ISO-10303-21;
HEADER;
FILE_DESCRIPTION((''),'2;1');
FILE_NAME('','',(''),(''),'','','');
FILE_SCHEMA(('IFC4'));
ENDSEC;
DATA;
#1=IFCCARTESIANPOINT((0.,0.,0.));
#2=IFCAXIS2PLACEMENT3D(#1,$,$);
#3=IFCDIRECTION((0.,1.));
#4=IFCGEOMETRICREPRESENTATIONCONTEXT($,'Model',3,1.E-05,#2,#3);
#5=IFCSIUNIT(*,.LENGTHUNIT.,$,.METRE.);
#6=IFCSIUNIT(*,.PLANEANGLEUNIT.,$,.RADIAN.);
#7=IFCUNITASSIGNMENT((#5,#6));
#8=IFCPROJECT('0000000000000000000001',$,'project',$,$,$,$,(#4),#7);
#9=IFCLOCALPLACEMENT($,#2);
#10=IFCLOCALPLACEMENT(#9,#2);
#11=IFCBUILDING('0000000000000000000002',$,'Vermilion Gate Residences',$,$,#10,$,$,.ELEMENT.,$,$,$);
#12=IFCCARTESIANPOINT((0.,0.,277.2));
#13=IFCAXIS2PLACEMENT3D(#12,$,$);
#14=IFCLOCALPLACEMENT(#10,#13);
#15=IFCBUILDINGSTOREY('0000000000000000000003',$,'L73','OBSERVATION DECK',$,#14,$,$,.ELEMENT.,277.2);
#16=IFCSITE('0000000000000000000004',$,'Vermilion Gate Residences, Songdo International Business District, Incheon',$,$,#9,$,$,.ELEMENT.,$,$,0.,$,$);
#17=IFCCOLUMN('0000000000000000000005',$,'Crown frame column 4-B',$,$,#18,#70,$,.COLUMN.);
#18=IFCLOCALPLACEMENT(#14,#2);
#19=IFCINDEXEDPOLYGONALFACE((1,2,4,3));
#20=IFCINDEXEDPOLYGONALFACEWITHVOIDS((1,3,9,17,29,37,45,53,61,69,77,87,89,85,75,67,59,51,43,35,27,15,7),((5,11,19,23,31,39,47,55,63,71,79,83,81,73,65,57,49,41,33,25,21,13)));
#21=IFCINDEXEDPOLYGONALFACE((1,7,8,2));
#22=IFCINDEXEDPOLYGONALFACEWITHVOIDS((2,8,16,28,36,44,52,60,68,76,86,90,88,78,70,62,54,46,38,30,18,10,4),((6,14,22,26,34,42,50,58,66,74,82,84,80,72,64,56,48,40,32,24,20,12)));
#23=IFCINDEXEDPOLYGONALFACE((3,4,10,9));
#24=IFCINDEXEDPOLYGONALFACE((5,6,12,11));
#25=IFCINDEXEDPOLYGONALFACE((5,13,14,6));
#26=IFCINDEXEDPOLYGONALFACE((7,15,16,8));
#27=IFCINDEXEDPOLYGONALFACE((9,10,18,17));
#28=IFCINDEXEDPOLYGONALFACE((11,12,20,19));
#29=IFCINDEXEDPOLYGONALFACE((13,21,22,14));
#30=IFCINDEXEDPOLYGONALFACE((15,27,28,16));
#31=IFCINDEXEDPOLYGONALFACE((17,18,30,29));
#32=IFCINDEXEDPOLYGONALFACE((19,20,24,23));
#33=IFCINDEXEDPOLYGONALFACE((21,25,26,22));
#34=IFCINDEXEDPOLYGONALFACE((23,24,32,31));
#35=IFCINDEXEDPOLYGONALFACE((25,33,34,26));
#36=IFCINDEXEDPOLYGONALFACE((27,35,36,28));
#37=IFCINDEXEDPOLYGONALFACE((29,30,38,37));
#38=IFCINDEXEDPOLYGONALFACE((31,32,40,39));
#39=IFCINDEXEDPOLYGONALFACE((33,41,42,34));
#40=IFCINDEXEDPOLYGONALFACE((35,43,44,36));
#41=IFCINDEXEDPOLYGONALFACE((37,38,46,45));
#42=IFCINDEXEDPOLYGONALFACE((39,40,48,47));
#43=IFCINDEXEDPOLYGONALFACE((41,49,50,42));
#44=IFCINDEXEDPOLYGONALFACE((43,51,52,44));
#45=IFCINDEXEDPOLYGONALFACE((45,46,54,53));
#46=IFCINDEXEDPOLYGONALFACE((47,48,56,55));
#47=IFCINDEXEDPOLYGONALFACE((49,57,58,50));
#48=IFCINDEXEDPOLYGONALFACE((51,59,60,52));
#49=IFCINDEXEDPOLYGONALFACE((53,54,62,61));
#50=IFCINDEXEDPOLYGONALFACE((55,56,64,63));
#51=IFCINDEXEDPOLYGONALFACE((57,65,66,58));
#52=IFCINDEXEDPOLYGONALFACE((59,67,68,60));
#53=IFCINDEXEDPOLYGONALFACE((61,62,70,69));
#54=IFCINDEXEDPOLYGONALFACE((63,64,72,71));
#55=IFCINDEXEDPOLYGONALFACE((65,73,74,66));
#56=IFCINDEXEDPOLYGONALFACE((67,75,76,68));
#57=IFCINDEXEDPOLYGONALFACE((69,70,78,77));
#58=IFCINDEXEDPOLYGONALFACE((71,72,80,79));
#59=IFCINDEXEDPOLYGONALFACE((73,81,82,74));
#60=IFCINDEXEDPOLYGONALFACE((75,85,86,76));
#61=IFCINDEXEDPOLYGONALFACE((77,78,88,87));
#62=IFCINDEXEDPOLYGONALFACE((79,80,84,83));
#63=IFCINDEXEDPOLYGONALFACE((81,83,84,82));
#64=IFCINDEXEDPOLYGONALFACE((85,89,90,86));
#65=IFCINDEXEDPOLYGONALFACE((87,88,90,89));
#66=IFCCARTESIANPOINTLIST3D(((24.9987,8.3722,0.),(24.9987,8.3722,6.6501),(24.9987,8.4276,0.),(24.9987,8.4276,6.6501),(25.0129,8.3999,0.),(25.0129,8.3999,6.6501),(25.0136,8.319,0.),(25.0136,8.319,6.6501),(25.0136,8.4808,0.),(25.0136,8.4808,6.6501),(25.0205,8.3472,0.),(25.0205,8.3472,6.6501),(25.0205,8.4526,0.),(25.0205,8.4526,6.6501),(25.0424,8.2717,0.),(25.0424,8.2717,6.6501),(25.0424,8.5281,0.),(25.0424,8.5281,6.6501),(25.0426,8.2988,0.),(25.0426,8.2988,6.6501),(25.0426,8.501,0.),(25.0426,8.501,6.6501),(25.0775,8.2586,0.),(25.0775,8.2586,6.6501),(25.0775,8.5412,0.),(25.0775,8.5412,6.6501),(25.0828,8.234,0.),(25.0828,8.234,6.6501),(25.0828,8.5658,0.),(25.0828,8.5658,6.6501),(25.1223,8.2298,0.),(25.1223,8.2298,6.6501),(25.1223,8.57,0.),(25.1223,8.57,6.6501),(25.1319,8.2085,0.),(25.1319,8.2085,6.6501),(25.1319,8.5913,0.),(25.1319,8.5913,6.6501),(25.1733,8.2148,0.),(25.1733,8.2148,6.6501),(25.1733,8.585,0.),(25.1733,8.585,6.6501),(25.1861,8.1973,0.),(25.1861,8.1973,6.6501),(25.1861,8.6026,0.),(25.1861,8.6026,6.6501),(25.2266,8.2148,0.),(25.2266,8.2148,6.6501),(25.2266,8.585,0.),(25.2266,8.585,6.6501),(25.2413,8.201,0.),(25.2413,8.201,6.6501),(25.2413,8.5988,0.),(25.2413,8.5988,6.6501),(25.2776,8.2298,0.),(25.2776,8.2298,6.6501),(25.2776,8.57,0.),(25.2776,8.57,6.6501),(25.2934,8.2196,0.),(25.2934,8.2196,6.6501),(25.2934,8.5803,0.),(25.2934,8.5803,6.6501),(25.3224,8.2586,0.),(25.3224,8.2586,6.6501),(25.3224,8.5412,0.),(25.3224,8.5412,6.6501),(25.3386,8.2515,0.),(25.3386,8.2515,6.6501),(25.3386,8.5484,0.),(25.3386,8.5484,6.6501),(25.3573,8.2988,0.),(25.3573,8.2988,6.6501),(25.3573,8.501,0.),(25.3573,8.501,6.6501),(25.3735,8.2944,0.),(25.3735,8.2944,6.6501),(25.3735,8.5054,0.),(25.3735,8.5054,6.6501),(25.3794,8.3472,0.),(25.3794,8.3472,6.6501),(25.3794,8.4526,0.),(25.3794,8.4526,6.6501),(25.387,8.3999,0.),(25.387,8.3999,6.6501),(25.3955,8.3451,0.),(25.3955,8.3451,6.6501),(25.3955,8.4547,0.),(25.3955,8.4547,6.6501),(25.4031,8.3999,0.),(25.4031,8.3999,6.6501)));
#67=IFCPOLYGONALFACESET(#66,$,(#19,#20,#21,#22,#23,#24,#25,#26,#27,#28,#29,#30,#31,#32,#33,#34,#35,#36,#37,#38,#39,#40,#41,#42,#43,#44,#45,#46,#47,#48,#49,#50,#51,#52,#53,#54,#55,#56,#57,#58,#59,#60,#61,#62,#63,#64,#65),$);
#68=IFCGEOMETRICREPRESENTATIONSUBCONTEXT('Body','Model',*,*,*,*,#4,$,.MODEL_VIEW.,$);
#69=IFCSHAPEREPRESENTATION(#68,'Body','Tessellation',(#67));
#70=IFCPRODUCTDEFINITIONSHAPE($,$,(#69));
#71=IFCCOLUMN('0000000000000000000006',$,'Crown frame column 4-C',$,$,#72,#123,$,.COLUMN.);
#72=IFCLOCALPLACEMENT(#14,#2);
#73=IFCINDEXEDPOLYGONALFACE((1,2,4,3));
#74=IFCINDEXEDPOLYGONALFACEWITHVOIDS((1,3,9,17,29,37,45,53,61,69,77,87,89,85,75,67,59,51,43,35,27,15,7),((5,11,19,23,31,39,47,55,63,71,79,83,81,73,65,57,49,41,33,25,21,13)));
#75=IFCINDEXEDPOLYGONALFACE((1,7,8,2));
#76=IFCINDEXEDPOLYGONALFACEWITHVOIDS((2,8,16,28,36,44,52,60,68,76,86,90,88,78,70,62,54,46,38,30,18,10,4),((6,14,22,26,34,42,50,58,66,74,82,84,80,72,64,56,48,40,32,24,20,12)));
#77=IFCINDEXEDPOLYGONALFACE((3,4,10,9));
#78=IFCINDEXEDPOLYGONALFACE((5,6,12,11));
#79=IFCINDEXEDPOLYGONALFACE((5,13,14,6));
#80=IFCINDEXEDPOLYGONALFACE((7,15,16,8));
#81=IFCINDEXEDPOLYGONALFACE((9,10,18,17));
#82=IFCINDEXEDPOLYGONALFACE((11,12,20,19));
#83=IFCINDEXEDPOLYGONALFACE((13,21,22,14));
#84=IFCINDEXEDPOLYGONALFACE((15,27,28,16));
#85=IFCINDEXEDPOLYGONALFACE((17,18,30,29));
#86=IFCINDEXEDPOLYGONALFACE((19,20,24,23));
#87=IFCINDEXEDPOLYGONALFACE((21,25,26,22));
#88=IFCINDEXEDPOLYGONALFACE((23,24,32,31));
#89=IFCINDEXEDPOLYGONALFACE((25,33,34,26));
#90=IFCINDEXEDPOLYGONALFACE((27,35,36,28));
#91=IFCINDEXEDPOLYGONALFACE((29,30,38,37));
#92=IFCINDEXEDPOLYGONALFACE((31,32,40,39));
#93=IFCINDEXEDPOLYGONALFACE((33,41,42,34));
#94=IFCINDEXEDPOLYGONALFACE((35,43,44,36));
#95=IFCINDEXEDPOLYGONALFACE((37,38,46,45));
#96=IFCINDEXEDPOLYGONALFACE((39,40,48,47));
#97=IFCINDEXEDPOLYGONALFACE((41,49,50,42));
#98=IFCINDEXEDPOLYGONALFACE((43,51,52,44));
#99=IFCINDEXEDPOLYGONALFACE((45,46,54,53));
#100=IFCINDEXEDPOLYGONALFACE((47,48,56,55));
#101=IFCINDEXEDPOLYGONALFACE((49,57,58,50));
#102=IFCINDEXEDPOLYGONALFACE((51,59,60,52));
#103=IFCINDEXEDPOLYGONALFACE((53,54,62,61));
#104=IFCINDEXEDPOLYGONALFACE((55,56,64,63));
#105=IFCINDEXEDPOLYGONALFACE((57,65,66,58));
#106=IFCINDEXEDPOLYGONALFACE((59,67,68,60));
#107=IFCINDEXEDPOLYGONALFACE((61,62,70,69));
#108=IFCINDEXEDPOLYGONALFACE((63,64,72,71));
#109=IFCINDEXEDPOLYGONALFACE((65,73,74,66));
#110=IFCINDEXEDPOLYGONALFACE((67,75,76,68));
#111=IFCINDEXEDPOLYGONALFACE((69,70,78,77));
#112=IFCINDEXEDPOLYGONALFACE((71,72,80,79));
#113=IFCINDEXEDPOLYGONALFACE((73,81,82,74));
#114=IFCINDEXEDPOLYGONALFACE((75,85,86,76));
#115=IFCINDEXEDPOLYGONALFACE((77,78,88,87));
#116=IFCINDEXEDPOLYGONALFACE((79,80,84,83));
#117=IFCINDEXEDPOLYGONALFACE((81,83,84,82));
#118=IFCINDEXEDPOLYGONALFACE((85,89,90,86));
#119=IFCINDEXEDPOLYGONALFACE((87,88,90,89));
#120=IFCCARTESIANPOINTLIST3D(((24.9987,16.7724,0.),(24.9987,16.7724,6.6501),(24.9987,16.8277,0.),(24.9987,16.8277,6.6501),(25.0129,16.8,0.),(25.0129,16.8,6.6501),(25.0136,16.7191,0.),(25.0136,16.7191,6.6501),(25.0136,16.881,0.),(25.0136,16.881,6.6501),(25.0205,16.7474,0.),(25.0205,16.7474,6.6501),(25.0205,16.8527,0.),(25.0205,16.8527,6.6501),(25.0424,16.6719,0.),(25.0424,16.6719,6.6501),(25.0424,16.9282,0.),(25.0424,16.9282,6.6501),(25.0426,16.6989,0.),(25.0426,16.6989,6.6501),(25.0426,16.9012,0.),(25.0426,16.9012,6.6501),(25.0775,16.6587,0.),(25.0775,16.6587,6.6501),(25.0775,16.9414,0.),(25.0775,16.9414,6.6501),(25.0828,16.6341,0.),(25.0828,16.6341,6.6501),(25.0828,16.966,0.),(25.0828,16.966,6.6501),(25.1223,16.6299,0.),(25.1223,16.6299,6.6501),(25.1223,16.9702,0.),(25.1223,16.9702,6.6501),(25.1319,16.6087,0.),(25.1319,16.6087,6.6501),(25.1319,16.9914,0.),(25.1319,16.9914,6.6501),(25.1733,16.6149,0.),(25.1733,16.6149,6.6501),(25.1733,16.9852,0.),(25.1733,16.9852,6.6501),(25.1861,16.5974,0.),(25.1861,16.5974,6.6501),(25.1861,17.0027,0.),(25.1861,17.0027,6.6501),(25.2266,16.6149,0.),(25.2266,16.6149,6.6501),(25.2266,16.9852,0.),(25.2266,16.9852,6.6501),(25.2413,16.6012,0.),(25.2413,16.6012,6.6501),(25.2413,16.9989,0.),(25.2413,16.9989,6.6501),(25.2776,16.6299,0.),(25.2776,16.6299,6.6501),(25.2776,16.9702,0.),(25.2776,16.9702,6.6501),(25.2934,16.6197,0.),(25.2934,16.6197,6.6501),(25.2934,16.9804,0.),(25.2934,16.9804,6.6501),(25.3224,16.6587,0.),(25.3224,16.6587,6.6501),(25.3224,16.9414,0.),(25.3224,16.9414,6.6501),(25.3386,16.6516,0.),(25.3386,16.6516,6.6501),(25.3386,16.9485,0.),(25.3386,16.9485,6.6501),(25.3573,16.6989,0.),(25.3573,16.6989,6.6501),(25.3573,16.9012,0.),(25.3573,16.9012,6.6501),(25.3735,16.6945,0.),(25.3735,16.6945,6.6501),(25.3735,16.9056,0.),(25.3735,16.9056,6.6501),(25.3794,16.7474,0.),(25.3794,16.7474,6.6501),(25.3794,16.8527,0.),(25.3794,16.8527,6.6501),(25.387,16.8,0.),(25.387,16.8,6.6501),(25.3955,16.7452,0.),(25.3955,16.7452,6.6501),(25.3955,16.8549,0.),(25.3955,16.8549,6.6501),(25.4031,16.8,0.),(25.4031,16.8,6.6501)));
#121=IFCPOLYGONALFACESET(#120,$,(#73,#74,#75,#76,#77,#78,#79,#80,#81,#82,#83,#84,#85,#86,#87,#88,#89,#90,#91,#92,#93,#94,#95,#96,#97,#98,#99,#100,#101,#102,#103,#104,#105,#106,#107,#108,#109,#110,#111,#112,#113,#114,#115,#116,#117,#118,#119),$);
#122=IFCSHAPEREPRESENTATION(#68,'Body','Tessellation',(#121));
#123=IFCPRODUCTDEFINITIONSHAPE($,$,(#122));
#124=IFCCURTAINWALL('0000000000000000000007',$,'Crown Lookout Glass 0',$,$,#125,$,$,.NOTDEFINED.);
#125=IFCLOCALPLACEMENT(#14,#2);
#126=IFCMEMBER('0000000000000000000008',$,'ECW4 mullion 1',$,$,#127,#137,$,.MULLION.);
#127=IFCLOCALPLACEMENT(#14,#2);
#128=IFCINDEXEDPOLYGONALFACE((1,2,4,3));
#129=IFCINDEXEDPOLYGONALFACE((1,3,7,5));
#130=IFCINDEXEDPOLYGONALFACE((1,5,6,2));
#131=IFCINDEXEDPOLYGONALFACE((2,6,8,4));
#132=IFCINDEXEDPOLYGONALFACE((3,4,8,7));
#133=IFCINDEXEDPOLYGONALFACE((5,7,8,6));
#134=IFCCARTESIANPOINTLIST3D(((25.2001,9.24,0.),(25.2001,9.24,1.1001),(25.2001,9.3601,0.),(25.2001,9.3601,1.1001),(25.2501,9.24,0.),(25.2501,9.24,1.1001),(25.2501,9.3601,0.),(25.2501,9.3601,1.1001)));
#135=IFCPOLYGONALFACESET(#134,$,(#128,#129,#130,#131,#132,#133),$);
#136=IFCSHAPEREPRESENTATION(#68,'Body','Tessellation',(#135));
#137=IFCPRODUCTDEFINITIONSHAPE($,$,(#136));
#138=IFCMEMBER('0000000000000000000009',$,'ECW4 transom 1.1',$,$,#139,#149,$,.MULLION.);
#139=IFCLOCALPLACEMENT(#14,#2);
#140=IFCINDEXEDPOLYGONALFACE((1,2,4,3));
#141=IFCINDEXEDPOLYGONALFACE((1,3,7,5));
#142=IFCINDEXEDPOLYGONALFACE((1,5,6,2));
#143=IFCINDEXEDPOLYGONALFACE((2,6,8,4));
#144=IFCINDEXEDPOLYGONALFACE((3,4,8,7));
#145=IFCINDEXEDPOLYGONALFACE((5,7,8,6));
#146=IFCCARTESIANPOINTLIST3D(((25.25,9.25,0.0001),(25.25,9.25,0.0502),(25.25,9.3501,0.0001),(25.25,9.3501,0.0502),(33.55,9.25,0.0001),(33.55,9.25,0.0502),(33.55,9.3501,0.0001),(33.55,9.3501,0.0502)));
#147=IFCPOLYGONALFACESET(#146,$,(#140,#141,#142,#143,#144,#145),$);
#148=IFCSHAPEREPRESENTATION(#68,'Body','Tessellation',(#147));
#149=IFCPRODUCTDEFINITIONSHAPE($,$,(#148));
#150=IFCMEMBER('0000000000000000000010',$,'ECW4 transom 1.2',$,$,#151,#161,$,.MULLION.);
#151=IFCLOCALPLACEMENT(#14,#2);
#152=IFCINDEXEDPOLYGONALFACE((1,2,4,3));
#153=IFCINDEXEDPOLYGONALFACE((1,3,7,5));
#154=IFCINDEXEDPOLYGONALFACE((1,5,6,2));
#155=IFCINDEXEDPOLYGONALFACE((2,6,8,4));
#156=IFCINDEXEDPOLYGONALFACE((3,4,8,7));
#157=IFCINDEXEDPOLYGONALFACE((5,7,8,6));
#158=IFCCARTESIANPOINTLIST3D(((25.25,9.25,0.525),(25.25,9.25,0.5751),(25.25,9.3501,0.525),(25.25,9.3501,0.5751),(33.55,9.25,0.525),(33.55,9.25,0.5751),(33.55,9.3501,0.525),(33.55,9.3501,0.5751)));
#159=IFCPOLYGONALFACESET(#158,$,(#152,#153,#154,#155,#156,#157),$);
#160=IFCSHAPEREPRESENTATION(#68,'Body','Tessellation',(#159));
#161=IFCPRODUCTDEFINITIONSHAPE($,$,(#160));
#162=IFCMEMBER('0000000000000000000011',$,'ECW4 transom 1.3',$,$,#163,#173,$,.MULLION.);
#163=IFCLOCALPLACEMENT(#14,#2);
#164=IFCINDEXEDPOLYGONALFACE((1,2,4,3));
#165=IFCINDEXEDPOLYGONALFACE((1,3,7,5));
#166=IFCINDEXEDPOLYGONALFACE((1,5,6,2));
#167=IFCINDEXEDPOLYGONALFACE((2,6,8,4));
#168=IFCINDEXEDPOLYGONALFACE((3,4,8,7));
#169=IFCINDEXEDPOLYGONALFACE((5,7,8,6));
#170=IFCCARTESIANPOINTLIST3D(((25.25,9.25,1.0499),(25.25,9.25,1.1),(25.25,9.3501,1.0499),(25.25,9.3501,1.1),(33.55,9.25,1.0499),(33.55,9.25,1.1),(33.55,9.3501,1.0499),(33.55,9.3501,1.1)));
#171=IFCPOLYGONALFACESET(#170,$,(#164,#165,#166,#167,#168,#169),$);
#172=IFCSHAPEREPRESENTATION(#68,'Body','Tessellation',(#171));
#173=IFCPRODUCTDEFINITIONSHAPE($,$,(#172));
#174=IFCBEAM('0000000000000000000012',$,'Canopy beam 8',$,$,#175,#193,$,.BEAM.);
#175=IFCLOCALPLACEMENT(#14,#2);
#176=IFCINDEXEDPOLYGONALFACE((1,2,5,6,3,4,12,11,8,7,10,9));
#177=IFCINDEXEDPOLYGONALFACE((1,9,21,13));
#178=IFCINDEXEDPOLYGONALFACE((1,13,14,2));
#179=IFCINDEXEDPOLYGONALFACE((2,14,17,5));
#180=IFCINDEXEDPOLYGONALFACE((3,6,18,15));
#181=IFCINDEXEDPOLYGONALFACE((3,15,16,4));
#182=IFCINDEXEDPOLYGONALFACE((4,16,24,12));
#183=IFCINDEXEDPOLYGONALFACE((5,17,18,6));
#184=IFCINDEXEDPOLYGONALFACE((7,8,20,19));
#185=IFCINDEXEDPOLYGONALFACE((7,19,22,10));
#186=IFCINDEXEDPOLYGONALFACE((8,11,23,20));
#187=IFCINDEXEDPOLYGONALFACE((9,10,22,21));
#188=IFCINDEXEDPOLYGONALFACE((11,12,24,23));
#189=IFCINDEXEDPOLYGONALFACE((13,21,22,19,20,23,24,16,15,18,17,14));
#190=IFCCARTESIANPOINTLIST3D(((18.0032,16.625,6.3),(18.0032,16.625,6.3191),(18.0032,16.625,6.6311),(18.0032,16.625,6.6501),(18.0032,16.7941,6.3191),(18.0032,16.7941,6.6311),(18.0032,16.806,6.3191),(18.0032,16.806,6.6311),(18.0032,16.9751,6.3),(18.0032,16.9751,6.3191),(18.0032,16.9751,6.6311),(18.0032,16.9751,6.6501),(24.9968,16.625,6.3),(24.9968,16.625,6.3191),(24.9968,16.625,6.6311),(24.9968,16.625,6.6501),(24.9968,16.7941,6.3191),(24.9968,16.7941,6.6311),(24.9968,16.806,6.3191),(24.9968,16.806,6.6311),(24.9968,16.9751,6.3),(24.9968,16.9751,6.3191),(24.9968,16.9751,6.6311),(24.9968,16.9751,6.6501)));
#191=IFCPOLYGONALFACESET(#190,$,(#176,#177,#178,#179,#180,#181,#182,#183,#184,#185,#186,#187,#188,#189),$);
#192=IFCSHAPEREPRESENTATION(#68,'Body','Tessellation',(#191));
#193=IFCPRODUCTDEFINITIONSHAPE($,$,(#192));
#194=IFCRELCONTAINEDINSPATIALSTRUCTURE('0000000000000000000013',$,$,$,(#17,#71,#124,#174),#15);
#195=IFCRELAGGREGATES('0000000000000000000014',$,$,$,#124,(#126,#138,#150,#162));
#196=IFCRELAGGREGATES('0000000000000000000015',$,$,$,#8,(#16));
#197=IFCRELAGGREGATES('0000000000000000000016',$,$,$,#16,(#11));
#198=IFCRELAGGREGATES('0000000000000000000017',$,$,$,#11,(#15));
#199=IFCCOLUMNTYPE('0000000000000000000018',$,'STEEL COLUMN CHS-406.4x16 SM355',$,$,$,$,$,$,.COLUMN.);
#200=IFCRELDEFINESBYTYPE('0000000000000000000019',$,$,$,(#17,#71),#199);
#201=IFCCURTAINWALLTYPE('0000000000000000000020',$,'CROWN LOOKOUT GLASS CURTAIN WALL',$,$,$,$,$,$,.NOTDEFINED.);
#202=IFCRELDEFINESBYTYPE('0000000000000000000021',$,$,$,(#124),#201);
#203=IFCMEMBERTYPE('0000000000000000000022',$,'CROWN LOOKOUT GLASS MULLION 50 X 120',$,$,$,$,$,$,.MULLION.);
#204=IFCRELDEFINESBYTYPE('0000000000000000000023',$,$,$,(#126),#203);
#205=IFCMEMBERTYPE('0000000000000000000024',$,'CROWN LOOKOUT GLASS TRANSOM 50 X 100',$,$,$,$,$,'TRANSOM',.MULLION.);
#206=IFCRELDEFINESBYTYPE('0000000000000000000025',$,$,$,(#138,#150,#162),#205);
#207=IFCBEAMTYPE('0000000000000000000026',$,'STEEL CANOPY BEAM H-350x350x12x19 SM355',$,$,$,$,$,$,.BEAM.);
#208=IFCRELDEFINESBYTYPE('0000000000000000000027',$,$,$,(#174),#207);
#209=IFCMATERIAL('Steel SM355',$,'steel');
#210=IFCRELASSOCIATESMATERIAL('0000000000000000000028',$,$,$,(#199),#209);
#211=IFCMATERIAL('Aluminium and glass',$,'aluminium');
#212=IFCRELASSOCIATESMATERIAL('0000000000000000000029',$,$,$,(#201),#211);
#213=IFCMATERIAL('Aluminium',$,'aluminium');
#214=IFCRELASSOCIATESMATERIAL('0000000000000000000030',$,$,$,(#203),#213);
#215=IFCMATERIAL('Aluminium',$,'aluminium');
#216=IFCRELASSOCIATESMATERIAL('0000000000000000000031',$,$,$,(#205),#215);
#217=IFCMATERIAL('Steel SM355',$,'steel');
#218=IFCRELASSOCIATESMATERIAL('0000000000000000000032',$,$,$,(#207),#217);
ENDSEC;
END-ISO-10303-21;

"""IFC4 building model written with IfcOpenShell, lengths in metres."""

from ifc_helpers import new_model, si_unit, direction, frame, origin, origin_2d, place, context, subcontext, project, spatial, rectangle, hollow_circle, i_section, extrude, material, material_profile, profile_set, type_object, element, aggregate, save


model = new_model("IFC4")

# Units and contexts
model_context = context("Model", 3, precision=1e-05, world=origin(), true_north=direction((0.0, 1.0)))
body_context = subcontext(model_context, "Body", "Model", "MODEL_VIEW")
ifc_project = project(units=[si_unit("LENGTHUNIT", "METRE"), si_unit("PLANEANGLEUNIT", "RADIAN")], contexts=[model_context])

# Site, building, storey
site_placement = place(None, origin())
site = spatial("IfcSite", under=ifc_project, at=site_placement, Name="Vermilion Gate Residences, Songdo International Business District, Incheon", CompositionType="ELEMENT", RefElevation=0.0)
building_placement = place(site_placement, origin())
building = spatial("IfcBuilding", under=site, at=building_placement, Name="Vermilion Gate Residences", CompositionType="ELEMENT")
storey_placement = place(building_placement, frame((0.0, 0.0, 277.2)))
storey = spatial("IfcBuildingStorey", under=building, at=storey_placement, Name="L73", Description="OBSERVATION DECK", CompositionType="ELEMENT", Elevation=277.2)

# Columns
ifc_material_1 = material(Name="Steel SM355", Category="steel")
ifc_material_profile_1 = material_profile(ifc_material_1, hollow_circle(Radius=0.2031, WallThickness=0.0161, at=origin_2d()), Name="CHS-406.4x16")
ifc_profile_set_1 = profile_set([ifc_material_profile_1], Name="Steel SM355")
column_type = type_object("IfcColumnType", Name="STEEL COLUMN CHS-406.4x16 SM355", PredefinedType="COLUMN", material=ifc_profile_set_1)
for number, where, z_axis, x_axis, name in (
    (1, (25.2, 8.3999, 0.0), (0.0, 0.0, 1.0), (1.0, 0.0, 0.0), "Crown frame column 4-B"),
    (2, (25.2, 16.8, 0.0), (0.0, 0.0, 1.0), (1.0, 0.0, 0.0), "Crown frame column 4-C"),
):
    element("IfcColumn", number, at=place(storey_placement, frame(where, z_axis=z_axis, x_axis=x_axis)), inside=storey, type_object=column_type, Name=name, PredefinedType="COLUMN", context=body_context, shape_type="SweptSolid", body=[
        extrude(hollow_circle(Radius=0.2031, WallThickness=0.0161, at=origin_2d()), origin(), (0.0, 0.0, 1.0), 6.6501),
    ])

# Curtain wall, members
ifc_material_2 = material(Name="Aluminium and glass", Category="aluminium")
curtain_wall_type = type_object("IfcCurtainWallType", Name="CROWN LOOKOUT GLASS CURTAIN WALL", PredefinedType="NOTDEFINED", material=ifc_material_2)
curtain_wall_placement = place(storey_placement, origin())
curtain_wall = element("IfcCurtainWall", 3, at=curtain_wall_placement, inside=storey, type_object=curtain_wall_type, Name="Crown Lookout Glass 0", PredefinedType="NOTDEFINED")
ifc_material_3 = material(Name="Aluminium", Category="aluminium")
ifc_material_profile_2 = material_profile(ifc_material_3, rectangle(XDim=0.1201, YDim=0.05, at=origin_2d()), Name="MULLION 50 X 120")
ifc_profile_set_2 = profile_set([ifc_material_profile_2], Name="Aluminium")
member_type_1 = type_object("IfcMemberType", Name="CROWN LOOKOUT GLASS MULLION 50 X 120", PredefinedType="MULLION", material=ifc_profile_set_2)
member_1_placement = place(storey_placement, frame((25.2251, 9.3, 0.0), z_axis=(0.0, 0.0, 1.0), x_axis=(0.0, 1.0, 0.0)))
member_1 = element("IfcMember", 4, at=member_1_placement, type_object=member_type_1, Name="ECW4 mullion 1", PredefinedType="MULLION", context=body_context, shape_type="SweptSolid", body=[
    extrude(rectangle(XDim=0.1201, YDim=0.05, at=origin_2d()), origin(), (0.0, 0.0, 1.0), 1.1001),
])
ifc_material_4 = material(Name="Aluminium", Category="aluminium")
ifc_material_profile_3 = material_profile(ifc_material_4, rectangle(XDim=0.1001, YDim=0.05, at=origin_2d()), Name="TRANSOM 50 X 100")
ifc_profile_set_3 = profile_set([ifc_material_profile_3], Name="Aluminium")
member_type_2 = type_object("IfcMemberType", Name="CROWN LOOKOUT GLASS TRANSOM 50 X 100", ElementType="TRANSOM", PredefinedType="MULLION", material=ifc_profile_set_3)
member_2_placement = place(storey_placement, frame((25.25, 9.3, 0.0251), z_axis=(1.0, 0.0, 0.0), x_axis=(0.0, 1.0, 0.0)))
member_2 = element("IfcMember", 5, at=member_2_placement, type_object=member_type_2, Name="ECW4 transom 1.1", PredefinedType="MULLION", context=body_context, shape_type="SweptSolid", body=[
    extrude(rectangle(XDim=0.1001, YDim=0.05, at=origin_2d()), origin(), (0.0, 0.0, 1.0), 8.3),
])
member_3_placement = place(storey_placement, frame((25.25, 9.3, 0.55), z_axis=(1.0, 0.0, 0.0), x_axis=(0.0, 1.0, 0.0)))
member_3 = element("IfcMember", 6, at=member_3_placement, type_object=member_type_2, Name="ECW4 transom 1.2", PredefinedType="MULLION", context=body_context, shape_type="SweptSolid", body=[
    extrude(rectangle(XDim=0.1001, YDim=0.05, at=origin_2d()), origin(), (0.0, 0.0, 1.0), 8.3),
])
member_4_placement = place(storey_placement, frame((25.25, 9.3, 1.075), z_axis=(1.0, 0.0, 0.0), x_axis=(0.0, 1.0, 0.0)))
member_4 = element("IfcMember", 7, at=member_4_placement, type_object=member_type_2, Name="ECW4 transom 1.3", PredefinedType="MULLION", context=body_context, shape_type="SweptSolid", body=[
    extrude(rectangle(XDim=0.1001, YDim=0.05, at=origin_2d()), origin(), (0.0, 0.0, 1.0), 8.3),
])
aggregate(curtain_wall, [member_1, member_2, member_3, member_4])

# Beam
ifc_material_5 = material(Name="Steel SM355", Category="steel")
ifc_material_profile_4 = material_profile(ifc_material_5, i_section(OverallWidth=0.3501, OverallDepth=0.3501, WebThickness=0.012, FlangeThickness=0.019, at=origin_2d()), Name="H-350x350x12x19")
ifc_profile_set_4 = profile_set([ifc_material_profile_4], Name="Steel SM355")
beam_type = type_object("IfcBeamType", Name="STEEL CANOPY BEAM H-350x350x12x19 SM355", PredefinedType="BEAM", material=ifc_profile_set_4)
beam_1_placement = place(storey_placement, frame((18.0032, 16.8, 6.4751), z_axis=(1.0, 0.0, 0.0), x_axis=(0.0, 1.0, 0.0)))
element("IfcBeam", 8, at=beam_1_placement, inside=storey, type_object=beam_type, Name="Canopy beam 8", PredefinedType="BEAM", context=body_context, shape_type="SweptSolid", body=[
    extrude(i_section(OverallWidth=0.3501, OverallDepth=0.3501, WebThickness=0.012, FlangeThickness=0.019, at=origin_2d()), origin(), (0.0, 0.0, 1.0), 6.9937),
])

save(model, "model.ifc")
